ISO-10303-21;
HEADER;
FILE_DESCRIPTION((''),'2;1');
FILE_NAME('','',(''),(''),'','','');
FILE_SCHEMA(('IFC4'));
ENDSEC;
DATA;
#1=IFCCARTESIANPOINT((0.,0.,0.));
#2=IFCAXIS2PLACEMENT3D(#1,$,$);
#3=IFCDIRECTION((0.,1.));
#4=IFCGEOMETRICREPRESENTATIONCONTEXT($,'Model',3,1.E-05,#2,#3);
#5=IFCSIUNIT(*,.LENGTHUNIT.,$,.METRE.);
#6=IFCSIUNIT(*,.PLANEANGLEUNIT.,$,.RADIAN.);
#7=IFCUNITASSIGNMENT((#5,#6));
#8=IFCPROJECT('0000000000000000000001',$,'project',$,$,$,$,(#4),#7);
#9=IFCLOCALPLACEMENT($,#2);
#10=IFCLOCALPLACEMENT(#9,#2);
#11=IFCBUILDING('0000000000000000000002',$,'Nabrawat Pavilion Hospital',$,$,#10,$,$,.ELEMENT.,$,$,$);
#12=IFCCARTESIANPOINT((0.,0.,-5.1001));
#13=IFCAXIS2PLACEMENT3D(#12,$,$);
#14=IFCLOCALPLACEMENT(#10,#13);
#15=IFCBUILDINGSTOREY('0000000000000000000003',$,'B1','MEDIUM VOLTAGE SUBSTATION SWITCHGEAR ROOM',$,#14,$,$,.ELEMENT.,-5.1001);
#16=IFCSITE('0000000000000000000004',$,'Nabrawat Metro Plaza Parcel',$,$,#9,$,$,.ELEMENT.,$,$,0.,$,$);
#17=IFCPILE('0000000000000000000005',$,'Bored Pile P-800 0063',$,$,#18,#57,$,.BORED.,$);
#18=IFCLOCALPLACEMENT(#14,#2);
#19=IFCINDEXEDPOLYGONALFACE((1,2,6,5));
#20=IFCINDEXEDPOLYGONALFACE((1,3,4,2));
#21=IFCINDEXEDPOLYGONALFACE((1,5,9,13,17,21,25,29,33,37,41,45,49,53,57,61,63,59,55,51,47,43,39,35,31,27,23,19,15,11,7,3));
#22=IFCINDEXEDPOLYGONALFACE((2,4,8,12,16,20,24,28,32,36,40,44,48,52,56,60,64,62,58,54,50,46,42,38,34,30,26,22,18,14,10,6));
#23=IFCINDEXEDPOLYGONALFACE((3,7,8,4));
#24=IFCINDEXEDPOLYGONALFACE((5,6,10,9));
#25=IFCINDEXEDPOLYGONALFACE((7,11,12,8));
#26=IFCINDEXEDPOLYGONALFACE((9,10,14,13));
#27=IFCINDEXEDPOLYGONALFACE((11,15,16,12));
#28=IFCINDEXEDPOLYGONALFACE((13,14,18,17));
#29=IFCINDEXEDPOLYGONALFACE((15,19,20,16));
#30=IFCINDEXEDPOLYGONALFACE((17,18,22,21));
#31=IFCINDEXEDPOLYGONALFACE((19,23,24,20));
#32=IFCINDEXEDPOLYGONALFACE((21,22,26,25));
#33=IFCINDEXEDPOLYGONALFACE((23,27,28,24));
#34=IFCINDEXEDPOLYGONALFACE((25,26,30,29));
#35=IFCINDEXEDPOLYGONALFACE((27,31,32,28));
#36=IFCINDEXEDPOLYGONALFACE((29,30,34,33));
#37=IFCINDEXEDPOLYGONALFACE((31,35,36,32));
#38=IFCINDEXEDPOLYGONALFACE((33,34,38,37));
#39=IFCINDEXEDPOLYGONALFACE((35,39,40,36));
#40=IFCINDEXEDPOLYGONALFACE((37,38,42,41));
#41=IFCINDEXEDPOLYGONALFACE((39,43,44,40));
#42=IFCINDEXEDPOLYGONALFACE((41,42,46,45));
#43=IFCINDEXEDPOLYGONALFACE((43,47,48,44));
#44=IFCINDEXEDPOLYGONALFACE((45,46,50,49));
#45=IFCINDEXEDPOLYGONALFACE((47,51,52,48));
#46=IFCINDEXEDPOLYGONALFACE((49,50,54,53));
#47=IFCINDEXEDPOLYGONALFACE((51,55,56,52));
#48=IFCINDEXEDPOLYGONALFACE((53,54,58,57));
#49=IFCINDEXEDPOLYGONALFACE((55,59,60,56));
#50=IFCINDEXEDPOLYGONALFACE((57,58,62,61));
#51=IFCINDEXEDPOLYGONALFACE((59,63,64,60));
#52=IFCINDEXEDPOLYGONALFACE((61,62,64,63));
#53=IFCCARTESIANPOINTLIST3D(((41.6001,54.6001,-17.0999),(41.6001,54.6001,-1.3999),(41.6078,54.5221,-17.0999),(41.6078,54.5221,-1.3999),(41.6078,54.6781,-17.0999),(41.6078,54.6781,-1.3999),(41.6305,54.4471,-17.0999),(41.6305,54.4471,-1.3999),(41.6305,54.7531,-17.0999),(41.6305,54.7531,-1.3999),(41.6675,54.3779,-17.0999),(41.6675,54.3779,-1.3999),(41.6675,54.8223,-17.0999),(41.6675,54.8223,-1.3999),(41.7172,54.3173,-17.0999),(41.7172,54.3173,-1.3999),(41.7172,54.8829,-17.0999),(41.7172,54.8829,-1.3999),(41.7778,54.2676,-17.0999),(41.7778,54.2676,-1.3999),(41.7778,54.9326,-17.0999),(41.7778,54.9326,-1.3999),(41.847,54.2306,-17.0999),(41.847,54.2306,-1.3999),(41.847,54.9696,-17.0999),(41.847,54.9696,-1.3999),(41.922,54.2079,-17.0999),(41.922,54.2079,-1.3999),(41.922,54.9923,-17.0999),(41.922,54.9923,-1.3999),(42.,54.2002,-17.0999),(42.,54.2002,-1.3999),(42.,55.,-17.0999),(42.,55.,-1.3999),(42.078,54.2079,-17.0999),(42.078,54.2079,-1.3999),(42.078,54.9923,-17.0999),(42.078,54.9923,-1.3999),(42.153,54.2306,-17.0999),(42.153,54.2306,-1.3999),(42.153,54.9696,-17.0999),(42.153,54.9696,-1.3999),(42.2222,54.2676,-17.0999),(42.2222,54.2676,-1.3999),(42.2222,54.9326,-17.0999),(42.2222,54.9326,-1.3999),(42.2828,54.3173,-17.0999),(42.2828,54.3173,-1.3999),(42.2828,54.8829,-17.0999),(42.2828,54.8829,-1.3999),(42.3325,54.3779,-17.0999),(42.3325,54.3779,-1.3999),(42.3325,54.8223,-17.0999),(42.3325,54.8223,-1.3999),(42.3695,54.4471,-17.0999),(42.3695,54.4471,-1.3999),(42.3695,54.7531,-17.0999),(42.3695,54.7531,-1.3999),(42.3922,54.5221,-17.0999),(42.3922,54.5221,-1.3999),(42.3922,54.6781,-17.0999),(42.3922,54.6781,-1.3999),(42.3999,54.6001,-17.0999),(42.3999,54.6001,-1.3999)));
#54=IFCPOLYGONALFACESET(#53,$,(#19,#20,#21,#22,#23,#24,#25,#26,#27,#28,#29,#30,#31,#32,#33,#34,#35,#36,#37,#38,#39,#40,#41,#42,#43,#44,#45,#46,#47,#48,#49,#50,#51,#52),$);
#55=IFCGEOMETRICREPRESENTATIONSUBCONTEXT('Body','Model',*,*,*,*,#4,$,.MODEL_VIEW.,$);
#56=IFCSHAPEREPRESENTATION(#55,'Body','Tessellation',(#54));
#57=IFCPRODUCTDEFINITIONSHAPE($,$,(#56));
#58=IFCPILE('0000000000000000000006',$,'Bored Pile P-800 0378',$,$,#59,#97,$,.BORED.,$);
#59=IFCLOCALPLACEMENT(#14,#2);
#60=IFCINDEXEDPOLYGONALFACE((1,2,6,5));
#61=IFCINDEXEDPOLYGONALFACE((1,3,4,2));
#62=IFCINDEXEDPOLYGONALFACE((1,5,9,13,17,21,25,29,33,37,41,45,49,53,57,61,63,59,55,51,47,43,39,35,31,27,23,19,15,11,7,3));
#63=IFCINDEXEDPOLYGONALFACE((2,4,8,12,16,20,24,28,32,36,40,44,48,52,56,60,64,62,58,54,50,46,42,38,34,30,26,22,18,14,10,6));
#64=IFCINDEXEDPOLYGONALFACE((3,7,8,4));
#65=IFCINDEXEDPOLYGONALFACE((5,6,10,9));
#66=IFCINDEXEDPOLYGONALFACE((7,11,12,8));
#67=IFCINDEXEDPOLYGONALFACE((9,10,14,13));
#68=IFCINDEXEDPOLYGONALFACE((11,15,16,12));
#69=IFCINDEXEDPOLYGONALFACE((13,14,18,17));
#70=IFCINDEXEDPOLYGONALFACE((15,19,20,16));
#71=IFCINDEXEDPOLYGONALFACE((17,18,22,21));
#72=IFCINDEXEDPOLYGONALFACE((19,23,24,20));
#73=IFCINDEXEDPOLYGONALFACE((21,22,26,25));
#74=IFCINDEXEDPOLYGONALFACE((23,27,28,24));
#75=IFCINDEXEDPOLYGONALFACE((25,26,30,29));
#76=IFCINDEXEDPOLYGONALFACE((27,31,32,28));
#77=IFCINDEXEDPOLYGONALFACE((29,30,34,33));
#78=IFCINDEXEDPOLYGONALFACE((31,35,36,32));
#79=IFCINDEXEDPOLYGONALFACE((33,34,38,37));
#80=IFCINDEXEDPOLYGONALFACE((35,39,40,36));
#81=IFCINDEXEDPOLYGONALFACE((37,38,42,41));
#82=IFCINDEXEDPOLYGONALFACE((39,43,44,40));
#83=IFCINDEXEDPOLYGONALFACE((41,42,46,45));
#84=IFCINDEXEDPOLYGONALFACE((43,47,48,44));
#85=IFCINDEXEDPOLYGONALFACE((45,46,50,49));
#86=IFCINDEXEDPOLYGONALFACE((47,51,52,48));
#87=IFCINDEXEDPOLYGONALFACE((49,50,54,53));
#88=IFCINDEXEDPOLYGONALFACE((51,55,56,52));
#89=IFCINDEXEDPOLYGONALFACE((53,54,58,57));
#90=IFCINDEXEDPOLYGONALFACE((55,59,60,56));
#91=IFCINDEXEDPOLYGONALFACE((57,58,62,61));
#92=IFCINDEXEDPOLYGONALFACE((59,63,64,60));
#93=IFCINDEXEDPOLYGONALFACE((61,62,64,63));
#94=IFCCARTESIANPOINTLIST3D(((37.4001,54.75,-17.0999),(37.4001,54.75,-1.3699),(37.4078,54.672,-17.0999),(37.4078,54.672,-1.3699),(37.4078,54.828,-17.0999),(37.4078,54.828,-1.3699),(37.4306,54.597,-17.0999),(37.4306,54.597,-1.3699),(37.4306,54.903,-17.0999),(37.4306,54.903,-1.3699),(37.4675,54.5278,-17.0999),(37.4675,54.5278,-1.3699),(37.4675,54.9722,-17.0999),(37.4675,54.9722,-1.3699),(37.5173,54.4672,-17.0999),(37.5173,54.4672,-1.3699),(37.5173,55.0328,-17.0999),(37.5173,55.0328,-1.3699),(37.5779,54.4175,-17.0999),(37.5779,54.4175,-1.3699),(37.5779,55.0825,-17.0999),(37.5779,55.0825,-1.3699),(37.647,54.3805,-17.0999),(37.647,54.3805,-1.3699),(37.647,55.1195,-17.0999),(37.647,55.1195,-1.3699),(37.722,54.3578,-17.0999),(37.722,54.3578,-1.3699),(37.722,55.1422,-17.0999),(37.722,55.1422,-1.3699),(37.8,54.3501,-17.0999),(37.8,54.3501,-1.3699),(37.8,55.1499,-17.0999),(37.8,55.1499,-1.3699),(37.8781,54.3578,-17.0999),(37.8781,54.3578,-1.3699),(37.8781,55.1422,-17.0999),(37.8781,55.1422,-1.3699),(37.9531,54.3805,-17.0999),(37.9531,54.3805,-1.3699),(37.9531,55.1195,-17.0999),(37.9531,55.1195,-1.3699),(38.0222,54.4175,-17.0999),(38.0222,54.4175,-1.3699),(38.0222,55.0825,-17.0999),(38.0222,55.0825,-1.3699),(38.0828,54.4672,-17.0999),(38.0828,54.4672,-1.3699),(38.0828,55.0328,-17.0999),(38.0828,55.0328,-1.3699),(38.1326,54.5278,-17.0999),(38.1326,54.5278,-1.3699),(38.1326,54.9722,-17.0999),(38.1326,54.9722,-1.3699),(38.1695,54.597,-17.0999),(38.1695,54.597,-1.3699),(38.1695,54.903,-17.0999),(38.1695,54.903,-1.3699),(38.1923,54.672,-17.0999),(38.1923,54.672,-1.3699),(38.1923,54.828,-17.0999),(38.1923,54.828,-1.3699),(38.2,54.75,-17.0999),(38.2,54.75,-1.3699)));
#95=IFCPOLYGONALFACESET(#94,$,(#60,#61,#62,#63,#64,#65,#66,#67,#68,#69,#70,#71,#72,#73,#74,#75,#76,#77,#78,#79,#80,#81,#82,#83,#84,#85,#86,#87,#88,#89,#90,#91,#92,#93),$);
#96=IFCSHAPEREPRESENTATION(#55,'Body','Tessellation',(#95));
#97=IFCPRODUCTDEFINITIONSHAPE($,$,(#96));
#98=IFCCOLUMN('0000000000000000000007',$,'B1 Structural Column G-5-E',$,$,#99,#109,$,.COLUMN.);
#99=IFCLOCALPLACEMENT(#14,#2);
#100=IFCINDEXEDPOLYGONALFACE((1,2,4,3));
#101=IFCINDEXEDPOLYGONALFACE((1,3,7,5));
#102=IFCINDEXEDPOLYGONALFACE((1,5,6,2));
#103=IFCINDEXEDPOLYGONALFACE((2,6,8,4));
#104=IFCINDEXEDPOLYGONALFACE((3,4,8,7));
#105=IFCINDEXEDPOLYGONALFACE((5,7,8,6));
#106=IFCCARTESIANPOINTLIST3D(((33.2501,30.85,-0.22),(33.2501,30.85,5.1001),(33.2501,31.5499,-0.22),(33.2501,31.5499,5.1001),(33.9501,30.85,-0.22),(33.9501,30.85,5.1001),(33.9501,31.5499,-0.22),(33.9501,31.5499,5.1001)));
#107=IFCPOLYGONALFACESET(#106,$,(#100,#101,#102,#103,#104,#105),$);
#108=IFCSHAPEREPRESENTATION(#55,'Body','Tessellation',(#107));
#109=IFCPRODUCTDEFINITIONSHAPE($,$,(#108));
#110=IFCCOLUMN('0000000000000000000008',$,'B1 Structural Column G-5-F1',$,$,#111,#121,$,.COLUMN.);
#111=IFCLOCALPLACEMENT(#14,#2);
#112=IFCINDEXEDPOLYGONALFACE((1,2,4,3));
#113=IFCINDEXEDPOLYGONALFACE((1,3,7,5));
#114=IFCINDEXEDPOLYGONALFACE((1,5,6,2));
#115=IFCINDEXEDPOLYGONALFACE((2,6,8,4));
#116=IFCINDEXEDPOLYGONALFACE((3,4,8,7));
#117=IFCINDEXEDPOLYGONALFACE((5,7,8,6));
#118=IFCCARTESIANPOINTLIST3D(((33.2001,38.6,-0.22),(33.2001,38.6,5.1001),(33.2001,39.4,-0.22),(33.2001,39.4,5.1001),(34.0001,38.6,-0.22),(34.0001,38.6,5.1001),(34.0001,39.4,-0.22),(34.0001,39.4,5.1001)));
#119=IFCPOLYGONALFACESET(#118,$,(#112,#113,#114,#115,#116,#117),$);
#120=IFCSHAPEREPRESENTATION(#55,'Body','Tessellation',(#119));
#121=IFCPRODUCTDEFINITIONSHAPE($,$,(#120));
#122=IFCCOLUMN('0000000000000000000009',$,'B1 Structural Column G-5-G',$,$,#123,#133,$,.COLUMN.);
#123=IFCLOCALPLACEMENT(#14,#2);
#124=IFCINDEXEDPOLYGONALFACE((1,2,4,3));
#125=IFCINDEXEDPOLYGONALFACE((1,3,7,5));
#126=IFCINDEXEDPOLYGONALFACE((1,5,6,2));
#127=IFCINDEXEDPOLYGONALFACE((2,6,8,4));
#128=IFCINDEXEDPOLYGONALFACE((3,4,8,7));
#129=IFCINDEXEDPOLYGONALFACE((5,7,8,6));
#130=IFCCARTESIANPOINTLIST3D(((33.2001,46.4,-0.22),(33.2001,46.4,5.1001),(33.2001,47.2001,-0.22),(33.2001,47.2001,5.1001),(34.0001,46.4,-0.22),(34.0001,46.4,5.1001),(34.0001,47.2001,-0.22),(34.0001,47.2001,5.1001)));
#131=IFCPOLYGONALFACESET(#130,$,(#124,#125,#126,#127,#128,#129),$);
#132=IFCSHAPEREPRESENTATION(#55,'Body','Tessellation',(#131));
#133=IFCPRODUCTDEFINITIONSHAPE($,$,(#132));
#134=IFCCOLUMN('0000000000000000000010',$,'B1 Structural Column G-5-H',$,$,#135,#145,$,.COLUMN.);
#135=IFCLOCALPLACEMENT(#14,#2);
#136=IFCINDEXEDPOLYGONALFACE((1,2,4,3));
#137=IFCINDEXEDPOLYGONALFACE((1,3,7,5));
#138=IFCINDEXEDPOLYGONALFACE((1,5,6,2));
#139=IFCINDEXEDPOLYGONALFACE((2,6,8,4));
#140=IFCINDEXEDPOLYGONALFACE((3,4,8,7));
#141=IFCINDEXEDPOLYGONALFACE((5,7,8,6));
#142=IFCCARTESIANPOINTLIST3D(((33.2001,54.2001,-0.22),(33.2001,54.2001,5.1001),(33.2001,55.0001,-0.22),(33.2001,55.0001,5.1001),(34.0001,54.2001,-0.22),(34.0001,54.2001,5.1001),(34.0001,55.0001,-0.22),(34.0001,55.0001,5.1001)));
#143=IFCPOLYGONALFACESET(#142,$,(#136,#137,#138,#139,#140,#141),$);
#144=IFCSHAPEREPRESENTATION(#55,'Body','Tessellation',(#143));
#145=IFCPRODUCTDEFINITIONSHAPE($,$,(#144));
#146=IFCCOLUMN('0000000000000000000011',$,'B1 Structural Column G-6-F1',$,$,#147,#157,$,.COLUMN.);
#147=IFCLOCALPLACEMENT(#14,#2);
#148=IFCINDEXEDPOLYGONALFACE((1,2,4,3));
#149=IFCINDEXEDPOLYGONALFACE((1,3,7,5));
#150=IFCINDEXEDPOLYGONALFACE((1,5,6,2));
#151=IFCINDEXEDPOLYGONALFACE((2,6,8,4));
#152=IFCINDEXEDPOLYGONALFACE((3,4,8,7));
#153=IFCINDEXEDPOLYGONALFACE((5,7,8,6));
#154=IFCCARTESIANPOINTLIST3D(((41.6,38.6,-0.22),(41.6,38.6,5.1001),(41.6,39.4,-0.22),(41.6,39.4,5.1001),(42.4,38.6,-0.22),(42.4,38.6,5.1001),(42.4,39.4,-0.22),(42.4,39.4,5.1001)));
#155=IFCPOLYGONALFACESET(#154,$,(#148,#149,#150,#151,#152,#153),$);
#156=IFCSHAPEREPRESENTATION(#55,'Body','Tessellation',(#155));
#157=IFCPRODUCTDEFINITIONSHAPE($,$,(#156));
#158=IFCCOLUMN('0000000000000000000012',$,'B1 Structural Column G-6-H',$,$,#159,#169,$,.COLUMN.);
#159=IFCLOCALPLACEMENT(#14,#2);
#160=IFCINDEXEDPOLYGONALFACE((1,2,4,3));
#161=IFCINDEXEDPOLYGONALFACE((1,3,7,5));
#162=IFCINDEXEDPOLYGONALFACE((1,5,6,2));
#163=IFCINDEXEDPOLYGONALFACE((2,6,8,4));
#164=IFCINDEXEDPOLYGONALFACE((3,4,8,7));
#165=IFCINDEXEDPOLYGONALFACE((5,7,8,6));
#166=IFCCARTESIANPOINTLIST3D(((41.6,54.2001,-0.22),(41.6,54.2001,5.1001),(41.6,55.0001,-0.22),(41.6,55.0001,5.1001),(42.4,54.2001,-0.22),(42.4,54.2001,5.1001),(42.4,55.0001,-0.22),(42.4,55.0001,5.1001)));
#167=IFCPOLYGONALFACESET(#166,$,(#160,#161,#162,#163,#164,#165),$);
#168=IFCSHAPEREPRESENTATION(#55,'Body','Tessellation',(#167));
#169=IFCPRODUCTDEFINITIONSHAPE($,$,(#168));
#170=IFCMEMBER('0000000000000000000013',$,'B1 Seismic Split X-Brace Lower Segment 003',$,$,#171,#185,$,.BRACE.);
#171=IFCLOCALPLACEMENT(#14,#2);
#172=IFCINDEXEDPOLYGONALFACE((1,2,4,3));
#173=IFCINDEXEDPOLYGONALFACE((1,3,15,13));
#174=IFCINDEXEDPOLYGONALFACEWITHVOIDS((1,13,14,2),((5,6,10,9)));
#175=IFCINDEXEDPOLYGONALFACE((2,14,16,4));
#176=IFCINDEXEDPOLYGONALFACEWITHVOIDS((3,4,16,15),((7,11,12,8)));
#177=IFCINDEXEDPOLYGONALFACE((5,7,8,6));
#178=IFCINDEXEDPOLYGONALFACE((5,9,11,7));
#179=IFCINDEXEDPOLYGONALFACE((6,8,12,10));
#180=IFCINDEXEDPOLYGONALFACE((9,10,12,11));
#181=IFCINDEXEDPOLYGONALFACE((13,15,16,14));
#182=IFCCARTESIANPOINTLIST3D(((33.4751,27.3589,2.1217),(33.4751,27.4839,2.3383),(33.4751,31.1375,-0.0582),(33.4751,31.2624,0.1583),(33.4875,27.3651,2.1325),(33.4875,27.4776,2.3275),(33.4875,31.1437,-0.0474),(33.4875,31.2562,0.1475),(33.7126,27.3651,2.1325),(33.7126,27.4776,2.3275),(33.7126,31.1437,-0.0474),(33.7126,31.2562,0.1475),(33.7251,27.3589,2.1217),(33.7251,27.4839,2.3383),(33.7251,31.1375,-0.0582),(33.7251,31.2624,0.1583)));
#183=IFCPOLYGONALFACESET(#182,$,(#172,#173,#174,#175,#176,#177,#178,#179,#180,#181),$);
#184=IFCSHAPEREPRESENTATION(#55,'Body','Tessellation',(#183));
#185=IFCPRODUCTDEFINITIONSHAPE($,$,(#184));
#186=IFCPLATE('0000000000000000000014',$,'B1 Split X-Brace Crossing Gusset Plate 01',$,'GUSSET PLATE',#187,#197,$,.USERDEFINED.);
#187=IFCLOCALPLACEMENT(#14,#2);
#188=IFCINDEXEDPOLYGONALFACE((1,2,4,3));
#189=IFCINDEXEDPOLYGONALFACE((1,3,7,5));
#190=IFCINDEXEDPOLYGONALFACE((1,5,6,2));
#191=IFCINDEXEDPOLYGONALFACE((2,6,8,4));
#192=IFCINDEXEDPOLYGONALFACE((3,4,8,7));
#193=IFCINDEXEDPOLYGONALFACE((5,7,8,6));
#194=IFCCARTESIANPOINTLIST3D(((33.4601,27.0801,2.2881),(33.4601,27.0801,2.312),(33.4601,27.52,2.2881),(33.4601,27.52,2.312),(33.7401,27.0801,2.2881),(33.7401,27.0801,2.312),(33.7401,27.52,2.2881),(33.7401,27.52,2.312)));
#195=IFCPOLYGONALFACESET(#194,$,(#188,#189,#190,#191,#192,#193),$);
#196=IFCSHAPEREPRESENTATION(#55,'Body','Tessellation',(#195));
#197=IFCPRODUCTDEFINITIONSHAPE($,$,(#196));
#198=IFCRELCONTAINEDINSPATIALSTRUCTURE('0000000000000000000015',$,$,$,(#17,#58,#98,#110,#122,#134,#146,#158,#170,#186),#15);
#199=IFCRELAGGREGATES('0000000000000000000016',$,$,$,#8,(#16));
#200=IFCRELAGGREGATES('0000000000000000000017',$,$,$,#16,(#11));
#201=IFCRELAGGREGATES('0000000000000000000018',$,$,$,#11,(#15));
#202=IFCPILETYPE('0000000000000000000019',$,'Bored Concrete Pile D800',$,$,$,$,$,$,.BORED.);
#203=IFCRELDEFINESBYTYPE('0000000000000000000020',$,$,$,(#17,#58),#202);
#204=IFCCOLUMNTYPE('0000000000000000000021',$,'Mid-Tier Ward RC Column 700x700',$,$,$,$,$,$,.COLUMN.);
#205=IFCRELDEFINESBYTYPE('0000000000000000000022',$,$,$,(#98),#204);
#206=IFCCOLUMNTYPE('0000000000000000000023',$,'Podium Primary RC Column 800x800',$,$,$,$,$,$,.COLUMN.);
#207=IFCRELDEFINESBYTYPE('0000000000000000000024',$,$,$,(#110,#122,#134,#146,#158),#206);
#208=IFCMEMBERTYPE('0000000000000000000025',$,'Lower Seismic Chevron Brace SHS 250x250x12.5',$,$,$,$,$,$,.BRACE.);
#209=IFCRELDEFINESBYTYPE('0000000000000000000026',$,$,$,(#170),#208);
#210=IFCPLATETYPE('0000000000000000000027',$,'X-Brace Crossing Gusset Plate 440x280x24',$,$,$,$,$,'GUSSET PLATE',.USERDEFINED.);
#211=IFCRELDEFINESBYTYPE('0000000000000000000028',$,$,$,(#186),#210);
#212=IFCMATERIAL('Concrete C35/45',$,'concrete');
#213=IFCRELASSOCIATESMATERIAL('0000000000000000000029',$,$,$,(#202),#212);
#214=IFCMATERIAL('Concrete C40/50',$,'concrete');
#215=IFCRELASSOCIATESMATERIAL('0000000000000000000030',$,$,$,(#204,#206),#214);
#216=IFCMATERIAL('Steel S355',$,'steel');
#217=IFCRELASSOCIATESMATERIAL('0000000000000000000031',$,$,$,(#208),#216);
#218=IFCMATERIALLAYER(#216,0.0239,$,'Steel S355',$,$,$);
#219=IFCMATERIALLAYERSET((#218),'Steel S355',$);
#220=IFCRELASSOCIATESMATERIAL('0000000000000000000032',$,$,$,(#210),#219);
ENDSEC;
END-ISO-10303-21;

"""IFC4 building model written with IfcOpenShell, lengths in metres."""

from ifc_helpers import new_model, si_unit, direction, frame, origin, origin_2d, place, context, subcontext, project, spatial, rectangle, hollow_rectangle, circle, extrude, material, layer, layer_set, material_profile, profile_set, type_object, element, save


model = new_model("IFC4")

# Units and contexts
model_context = context("Model", 3, precision=1e-05, world=origin(), true_north=direction((0.0, 1.0)))
body_context = subcontext(model_context, "Body", "Model", "MODEL_VIEW")
ifc_project = project(units=[si_unit("LENGTHUNIT", "METRE"), si_unit("PLANEANGLEUNIT", "RADIAN")], contexts=[model_context])

# Site, building, storey
site_placement = place(None, origin())
site = spatial("IfcSite", under=ifc_project, at=site_placement, Name="Nabrawat Metro Plaza Parcel", CompositionType="ELEMENT", RefElevation=0.0)
building_placement = place(site_placement, origin())
building = spatial("IfcBuilding", under=site, at=building_placement, Name="Nabrawat Pavilion Hospital", CompositionType="ELEMENT")
storey_placement = place(building_placement, frame((0.0, 0.0, -5.1001)))
storey = spatial("IfcBuildingStorey", under=building, at=storey_placement, Name="B1", Description="MEDIUM VOLTAGE SUBSTATION SWITCHGEAR ROOM", CompositionType="ELEMENT", Elevation=-5.1001)

# Piles
ifc_material_1 = material(Name="Concrete C35/45", Category="concrete")
ifc_material_profile_1 = material_profile(ifc_material_1, circle(Radius=0.3999, at=origin_2d()), Name="DIA 800")
ifc_profile_set_1 = profile_set([ifc_material_profile_1], Name="Concrete C35/45")
pile_type = type_object("IfcPileType", Name="Bored Concrete Pile D800", PredefinedType="BORED", material=ifc_profile_set_1)
for number, where, z_axis, x_axis, name in (
    (1, (42.0, 54.6001, -1.3999), (0.0, 0.0, -1.0), (1.0, 0.0, 0.0), "Bored Pile P-800 0063"),
):
    element("IfcPile", number, at=place(storey_placement, frame(where, z_axis=z_axis, x_axis=x_axis)), inside=storey, type_object=pile_type, Name=name, PredefinedType="BORED", context=body_context, shape_type="SweptSolid", body=[
        extrude(circle(Radius=0.3999, at=origin_2d()), origin(), (0.0, 0.0, 1.0), 15.7),
    ])
pile_1_placement = place(storey_placement, frame((37.8, 54.75, -1.3699), z_axis=(0.0, 0.0, -1.0), x_axis=(1.0, 0.0, 0.0)))
element("IfcPile", 2, at=pile_1_placement, inside=storey, type_object=pile_type, Name="Bored Pile P-800 0378", PredefinedType="BORED", context=body_context, shape_type="SweptSolid", body=[
    extrude(circle(Radius=0.3999, at=origin_2d()), origin(), (0.0, 0.0, 1.0), 15.73),
])

# Columns
ifc_material_2 = material(Name="Concrete C40/50", Category="concrete")
ifc_material_profile_2 = material_profile(ifc_material_2, rectangle(XDim=0.7, YDim=0.7, at=origin_2d()), Name="RC 700x700")
ifc_profile_set_2 = profile_set([ifc_material_profile_2], Name="Concrete C40/50")
column_type_1 = type_object("IfcColumnType", Name="Mid-Tier Ward RC Column 700x700", PredefinedType="COLUMN", material=ifc_profile_set_2)
column_placement = place(storey_placement, frame((33.6001, 31.2, -0.22), z_axis=(0.0, 0.0, 1.0), x_axis=(1.0, 0.0, 0.0)))
element("IfcColumn", 3, at=column_placement, inside=storey, type_object=column_type_1, Name="B1 Structural Column G-5-E", PredefinedType="COLUMN", context=body_context, shape_type="SweptSolid", body=[
    extrude(rectangle(XDim=0.7, YDim=0.7, at=origin_2d()), origin(), (0.0, 0.0, 1.0), 5.3201),
])
ifc_material_profile_3 = material_profile(ifc_material_2, rectangle(XDim=0.8, YDim=0.8, at=origin_2d()), Name="RC 800x800")
ifc_profile_set_3 = profile_set([ifc_material_profile_3], Name="Concrete C40/50")
column_type_2 = type_object("IfcColumnType", Name="Podium Primary RC Column 800x800", PredefinedType="COLUMN", material=ifc_profile_set_3)
for number, where, z_axis, x_axis, name in (
    (4, (33.6001, 39.0, -0.22), (0.0, 0.0, 1.0), (1.0, 0.0, 0.0), "B1 Structural Column G-5-F1"),
    (5, (33.6001, 46.8, -0.22), (0.0, 0.0, 1.0), (1.0, 0.0, 0.0), "B1 Structural Column G-5-G"),
    (6, (33.6001, 54.6001, -0.22), (0.0, 0.0, 1.0), (1.0, 0.0, 0.0), "B1 Structural Column G-5-H"),
    (7, (42.0, 39.0, -0.22), (0.0, 0.0, 1.0), (1.0, 0.0, 0.0), "B1 Structural Column G-6-F1"),
    (8, (42.0, 54.6001, -0.22), (0.0, 0.0, 1.0), (1.0, 0.0, 0.0), "B1 Structural Column G-6-H"),
):
    element("IfcColumn", number, at=place(storey_placement, frame(where, z_axis=z_axis, x_axis=x_axis)), inside=storey, type_object=column_type_2, Name=name, PredefinedType="COLUMN", context=body_context, shape_type="SweptSolid", body=[
        extrude(rectangle(XDim=0.8, YDim=0.8, at=origin_2d()), origin(), (0.0, 0.0, 1.0), 5.3201),
    ])

# Member
ifc_material_3 = material(Name="Steel S355", Category="steel")
ifc_material_profile_4 = material_profile(ifc_material_3, hollow_rectangle(XDim=0.25, YDim=0.25, WallThickness=0.0125, at=origin_2d()), Name="SHS 250x250x12.5")
ifc_profile_set_4 = profile_set([ifc_material_profile_4], Name="Steel S355")
member_type = type_object("IfcMemberType", Name="Lower Seismic Chevron Brace SHS 250x250x12.5", PredefinedType="BRACE", material=ifc_profile_set_4)
member_placement = place(storey_placement, frame((33.6001, 27.4214, 2.23), z_axis=(0.0, 0.866187, -0.499721), x_axis=(-1.0, 0.0, 0.0)))
element("IfcMember", 9, at=member_placement, inside=storey, type_object=member_type, Name="B1 Seismic Split X-Brace Lower Segment 003", PredefinedType="BRACE", context=body_context, shape_type="SweptSolid", body=[
    extrude(hollow_rectangle(XDim=0.25, YDim=0.25, WallThickness=0.0125, at=origin_2d()), origin(), (0.0, 0.0, 1.0), 4.3623),
])

# Plate
ifc_layer_1 = layer(ifc_material_3, 0.0239, Name="Steel S355")
ifc_layer_set_1 = layer_set([ifc_layer_1], Name="Steel S355")
plate_type = type_object("IfcPlateType", Name="X-Brace Crossing Gusset Plate 440x280x24", ElementType="GUSSET PLATE", PredefinedType="USERDEFINED", material=ifc_layer_set_1)
plate_placement = place(storey_placement, frame((33.6001, 27.3, 2.2881), z_axis=(0.0, 0.0, 1.0), x_axis=(1.0, 0.0, 0.0)))
element("IfcPlate", 10, at=plate_placement, inside=storey, type_object=plate_type, Name="B1 Split X-Brace Crossing Gusset Plate 01", ObjectType="GUSSET PLATE", PredefinedType="USERDEFINED", context=body_context, shape_type="SweptSolid", body=[
    extrude(rectangle(XDim=0.28, YDim=0.4399, at=origin_2d()), origin(), (0.0, 0.0, 1.0), 0.0239),
])

save(model, "model.ifc")
